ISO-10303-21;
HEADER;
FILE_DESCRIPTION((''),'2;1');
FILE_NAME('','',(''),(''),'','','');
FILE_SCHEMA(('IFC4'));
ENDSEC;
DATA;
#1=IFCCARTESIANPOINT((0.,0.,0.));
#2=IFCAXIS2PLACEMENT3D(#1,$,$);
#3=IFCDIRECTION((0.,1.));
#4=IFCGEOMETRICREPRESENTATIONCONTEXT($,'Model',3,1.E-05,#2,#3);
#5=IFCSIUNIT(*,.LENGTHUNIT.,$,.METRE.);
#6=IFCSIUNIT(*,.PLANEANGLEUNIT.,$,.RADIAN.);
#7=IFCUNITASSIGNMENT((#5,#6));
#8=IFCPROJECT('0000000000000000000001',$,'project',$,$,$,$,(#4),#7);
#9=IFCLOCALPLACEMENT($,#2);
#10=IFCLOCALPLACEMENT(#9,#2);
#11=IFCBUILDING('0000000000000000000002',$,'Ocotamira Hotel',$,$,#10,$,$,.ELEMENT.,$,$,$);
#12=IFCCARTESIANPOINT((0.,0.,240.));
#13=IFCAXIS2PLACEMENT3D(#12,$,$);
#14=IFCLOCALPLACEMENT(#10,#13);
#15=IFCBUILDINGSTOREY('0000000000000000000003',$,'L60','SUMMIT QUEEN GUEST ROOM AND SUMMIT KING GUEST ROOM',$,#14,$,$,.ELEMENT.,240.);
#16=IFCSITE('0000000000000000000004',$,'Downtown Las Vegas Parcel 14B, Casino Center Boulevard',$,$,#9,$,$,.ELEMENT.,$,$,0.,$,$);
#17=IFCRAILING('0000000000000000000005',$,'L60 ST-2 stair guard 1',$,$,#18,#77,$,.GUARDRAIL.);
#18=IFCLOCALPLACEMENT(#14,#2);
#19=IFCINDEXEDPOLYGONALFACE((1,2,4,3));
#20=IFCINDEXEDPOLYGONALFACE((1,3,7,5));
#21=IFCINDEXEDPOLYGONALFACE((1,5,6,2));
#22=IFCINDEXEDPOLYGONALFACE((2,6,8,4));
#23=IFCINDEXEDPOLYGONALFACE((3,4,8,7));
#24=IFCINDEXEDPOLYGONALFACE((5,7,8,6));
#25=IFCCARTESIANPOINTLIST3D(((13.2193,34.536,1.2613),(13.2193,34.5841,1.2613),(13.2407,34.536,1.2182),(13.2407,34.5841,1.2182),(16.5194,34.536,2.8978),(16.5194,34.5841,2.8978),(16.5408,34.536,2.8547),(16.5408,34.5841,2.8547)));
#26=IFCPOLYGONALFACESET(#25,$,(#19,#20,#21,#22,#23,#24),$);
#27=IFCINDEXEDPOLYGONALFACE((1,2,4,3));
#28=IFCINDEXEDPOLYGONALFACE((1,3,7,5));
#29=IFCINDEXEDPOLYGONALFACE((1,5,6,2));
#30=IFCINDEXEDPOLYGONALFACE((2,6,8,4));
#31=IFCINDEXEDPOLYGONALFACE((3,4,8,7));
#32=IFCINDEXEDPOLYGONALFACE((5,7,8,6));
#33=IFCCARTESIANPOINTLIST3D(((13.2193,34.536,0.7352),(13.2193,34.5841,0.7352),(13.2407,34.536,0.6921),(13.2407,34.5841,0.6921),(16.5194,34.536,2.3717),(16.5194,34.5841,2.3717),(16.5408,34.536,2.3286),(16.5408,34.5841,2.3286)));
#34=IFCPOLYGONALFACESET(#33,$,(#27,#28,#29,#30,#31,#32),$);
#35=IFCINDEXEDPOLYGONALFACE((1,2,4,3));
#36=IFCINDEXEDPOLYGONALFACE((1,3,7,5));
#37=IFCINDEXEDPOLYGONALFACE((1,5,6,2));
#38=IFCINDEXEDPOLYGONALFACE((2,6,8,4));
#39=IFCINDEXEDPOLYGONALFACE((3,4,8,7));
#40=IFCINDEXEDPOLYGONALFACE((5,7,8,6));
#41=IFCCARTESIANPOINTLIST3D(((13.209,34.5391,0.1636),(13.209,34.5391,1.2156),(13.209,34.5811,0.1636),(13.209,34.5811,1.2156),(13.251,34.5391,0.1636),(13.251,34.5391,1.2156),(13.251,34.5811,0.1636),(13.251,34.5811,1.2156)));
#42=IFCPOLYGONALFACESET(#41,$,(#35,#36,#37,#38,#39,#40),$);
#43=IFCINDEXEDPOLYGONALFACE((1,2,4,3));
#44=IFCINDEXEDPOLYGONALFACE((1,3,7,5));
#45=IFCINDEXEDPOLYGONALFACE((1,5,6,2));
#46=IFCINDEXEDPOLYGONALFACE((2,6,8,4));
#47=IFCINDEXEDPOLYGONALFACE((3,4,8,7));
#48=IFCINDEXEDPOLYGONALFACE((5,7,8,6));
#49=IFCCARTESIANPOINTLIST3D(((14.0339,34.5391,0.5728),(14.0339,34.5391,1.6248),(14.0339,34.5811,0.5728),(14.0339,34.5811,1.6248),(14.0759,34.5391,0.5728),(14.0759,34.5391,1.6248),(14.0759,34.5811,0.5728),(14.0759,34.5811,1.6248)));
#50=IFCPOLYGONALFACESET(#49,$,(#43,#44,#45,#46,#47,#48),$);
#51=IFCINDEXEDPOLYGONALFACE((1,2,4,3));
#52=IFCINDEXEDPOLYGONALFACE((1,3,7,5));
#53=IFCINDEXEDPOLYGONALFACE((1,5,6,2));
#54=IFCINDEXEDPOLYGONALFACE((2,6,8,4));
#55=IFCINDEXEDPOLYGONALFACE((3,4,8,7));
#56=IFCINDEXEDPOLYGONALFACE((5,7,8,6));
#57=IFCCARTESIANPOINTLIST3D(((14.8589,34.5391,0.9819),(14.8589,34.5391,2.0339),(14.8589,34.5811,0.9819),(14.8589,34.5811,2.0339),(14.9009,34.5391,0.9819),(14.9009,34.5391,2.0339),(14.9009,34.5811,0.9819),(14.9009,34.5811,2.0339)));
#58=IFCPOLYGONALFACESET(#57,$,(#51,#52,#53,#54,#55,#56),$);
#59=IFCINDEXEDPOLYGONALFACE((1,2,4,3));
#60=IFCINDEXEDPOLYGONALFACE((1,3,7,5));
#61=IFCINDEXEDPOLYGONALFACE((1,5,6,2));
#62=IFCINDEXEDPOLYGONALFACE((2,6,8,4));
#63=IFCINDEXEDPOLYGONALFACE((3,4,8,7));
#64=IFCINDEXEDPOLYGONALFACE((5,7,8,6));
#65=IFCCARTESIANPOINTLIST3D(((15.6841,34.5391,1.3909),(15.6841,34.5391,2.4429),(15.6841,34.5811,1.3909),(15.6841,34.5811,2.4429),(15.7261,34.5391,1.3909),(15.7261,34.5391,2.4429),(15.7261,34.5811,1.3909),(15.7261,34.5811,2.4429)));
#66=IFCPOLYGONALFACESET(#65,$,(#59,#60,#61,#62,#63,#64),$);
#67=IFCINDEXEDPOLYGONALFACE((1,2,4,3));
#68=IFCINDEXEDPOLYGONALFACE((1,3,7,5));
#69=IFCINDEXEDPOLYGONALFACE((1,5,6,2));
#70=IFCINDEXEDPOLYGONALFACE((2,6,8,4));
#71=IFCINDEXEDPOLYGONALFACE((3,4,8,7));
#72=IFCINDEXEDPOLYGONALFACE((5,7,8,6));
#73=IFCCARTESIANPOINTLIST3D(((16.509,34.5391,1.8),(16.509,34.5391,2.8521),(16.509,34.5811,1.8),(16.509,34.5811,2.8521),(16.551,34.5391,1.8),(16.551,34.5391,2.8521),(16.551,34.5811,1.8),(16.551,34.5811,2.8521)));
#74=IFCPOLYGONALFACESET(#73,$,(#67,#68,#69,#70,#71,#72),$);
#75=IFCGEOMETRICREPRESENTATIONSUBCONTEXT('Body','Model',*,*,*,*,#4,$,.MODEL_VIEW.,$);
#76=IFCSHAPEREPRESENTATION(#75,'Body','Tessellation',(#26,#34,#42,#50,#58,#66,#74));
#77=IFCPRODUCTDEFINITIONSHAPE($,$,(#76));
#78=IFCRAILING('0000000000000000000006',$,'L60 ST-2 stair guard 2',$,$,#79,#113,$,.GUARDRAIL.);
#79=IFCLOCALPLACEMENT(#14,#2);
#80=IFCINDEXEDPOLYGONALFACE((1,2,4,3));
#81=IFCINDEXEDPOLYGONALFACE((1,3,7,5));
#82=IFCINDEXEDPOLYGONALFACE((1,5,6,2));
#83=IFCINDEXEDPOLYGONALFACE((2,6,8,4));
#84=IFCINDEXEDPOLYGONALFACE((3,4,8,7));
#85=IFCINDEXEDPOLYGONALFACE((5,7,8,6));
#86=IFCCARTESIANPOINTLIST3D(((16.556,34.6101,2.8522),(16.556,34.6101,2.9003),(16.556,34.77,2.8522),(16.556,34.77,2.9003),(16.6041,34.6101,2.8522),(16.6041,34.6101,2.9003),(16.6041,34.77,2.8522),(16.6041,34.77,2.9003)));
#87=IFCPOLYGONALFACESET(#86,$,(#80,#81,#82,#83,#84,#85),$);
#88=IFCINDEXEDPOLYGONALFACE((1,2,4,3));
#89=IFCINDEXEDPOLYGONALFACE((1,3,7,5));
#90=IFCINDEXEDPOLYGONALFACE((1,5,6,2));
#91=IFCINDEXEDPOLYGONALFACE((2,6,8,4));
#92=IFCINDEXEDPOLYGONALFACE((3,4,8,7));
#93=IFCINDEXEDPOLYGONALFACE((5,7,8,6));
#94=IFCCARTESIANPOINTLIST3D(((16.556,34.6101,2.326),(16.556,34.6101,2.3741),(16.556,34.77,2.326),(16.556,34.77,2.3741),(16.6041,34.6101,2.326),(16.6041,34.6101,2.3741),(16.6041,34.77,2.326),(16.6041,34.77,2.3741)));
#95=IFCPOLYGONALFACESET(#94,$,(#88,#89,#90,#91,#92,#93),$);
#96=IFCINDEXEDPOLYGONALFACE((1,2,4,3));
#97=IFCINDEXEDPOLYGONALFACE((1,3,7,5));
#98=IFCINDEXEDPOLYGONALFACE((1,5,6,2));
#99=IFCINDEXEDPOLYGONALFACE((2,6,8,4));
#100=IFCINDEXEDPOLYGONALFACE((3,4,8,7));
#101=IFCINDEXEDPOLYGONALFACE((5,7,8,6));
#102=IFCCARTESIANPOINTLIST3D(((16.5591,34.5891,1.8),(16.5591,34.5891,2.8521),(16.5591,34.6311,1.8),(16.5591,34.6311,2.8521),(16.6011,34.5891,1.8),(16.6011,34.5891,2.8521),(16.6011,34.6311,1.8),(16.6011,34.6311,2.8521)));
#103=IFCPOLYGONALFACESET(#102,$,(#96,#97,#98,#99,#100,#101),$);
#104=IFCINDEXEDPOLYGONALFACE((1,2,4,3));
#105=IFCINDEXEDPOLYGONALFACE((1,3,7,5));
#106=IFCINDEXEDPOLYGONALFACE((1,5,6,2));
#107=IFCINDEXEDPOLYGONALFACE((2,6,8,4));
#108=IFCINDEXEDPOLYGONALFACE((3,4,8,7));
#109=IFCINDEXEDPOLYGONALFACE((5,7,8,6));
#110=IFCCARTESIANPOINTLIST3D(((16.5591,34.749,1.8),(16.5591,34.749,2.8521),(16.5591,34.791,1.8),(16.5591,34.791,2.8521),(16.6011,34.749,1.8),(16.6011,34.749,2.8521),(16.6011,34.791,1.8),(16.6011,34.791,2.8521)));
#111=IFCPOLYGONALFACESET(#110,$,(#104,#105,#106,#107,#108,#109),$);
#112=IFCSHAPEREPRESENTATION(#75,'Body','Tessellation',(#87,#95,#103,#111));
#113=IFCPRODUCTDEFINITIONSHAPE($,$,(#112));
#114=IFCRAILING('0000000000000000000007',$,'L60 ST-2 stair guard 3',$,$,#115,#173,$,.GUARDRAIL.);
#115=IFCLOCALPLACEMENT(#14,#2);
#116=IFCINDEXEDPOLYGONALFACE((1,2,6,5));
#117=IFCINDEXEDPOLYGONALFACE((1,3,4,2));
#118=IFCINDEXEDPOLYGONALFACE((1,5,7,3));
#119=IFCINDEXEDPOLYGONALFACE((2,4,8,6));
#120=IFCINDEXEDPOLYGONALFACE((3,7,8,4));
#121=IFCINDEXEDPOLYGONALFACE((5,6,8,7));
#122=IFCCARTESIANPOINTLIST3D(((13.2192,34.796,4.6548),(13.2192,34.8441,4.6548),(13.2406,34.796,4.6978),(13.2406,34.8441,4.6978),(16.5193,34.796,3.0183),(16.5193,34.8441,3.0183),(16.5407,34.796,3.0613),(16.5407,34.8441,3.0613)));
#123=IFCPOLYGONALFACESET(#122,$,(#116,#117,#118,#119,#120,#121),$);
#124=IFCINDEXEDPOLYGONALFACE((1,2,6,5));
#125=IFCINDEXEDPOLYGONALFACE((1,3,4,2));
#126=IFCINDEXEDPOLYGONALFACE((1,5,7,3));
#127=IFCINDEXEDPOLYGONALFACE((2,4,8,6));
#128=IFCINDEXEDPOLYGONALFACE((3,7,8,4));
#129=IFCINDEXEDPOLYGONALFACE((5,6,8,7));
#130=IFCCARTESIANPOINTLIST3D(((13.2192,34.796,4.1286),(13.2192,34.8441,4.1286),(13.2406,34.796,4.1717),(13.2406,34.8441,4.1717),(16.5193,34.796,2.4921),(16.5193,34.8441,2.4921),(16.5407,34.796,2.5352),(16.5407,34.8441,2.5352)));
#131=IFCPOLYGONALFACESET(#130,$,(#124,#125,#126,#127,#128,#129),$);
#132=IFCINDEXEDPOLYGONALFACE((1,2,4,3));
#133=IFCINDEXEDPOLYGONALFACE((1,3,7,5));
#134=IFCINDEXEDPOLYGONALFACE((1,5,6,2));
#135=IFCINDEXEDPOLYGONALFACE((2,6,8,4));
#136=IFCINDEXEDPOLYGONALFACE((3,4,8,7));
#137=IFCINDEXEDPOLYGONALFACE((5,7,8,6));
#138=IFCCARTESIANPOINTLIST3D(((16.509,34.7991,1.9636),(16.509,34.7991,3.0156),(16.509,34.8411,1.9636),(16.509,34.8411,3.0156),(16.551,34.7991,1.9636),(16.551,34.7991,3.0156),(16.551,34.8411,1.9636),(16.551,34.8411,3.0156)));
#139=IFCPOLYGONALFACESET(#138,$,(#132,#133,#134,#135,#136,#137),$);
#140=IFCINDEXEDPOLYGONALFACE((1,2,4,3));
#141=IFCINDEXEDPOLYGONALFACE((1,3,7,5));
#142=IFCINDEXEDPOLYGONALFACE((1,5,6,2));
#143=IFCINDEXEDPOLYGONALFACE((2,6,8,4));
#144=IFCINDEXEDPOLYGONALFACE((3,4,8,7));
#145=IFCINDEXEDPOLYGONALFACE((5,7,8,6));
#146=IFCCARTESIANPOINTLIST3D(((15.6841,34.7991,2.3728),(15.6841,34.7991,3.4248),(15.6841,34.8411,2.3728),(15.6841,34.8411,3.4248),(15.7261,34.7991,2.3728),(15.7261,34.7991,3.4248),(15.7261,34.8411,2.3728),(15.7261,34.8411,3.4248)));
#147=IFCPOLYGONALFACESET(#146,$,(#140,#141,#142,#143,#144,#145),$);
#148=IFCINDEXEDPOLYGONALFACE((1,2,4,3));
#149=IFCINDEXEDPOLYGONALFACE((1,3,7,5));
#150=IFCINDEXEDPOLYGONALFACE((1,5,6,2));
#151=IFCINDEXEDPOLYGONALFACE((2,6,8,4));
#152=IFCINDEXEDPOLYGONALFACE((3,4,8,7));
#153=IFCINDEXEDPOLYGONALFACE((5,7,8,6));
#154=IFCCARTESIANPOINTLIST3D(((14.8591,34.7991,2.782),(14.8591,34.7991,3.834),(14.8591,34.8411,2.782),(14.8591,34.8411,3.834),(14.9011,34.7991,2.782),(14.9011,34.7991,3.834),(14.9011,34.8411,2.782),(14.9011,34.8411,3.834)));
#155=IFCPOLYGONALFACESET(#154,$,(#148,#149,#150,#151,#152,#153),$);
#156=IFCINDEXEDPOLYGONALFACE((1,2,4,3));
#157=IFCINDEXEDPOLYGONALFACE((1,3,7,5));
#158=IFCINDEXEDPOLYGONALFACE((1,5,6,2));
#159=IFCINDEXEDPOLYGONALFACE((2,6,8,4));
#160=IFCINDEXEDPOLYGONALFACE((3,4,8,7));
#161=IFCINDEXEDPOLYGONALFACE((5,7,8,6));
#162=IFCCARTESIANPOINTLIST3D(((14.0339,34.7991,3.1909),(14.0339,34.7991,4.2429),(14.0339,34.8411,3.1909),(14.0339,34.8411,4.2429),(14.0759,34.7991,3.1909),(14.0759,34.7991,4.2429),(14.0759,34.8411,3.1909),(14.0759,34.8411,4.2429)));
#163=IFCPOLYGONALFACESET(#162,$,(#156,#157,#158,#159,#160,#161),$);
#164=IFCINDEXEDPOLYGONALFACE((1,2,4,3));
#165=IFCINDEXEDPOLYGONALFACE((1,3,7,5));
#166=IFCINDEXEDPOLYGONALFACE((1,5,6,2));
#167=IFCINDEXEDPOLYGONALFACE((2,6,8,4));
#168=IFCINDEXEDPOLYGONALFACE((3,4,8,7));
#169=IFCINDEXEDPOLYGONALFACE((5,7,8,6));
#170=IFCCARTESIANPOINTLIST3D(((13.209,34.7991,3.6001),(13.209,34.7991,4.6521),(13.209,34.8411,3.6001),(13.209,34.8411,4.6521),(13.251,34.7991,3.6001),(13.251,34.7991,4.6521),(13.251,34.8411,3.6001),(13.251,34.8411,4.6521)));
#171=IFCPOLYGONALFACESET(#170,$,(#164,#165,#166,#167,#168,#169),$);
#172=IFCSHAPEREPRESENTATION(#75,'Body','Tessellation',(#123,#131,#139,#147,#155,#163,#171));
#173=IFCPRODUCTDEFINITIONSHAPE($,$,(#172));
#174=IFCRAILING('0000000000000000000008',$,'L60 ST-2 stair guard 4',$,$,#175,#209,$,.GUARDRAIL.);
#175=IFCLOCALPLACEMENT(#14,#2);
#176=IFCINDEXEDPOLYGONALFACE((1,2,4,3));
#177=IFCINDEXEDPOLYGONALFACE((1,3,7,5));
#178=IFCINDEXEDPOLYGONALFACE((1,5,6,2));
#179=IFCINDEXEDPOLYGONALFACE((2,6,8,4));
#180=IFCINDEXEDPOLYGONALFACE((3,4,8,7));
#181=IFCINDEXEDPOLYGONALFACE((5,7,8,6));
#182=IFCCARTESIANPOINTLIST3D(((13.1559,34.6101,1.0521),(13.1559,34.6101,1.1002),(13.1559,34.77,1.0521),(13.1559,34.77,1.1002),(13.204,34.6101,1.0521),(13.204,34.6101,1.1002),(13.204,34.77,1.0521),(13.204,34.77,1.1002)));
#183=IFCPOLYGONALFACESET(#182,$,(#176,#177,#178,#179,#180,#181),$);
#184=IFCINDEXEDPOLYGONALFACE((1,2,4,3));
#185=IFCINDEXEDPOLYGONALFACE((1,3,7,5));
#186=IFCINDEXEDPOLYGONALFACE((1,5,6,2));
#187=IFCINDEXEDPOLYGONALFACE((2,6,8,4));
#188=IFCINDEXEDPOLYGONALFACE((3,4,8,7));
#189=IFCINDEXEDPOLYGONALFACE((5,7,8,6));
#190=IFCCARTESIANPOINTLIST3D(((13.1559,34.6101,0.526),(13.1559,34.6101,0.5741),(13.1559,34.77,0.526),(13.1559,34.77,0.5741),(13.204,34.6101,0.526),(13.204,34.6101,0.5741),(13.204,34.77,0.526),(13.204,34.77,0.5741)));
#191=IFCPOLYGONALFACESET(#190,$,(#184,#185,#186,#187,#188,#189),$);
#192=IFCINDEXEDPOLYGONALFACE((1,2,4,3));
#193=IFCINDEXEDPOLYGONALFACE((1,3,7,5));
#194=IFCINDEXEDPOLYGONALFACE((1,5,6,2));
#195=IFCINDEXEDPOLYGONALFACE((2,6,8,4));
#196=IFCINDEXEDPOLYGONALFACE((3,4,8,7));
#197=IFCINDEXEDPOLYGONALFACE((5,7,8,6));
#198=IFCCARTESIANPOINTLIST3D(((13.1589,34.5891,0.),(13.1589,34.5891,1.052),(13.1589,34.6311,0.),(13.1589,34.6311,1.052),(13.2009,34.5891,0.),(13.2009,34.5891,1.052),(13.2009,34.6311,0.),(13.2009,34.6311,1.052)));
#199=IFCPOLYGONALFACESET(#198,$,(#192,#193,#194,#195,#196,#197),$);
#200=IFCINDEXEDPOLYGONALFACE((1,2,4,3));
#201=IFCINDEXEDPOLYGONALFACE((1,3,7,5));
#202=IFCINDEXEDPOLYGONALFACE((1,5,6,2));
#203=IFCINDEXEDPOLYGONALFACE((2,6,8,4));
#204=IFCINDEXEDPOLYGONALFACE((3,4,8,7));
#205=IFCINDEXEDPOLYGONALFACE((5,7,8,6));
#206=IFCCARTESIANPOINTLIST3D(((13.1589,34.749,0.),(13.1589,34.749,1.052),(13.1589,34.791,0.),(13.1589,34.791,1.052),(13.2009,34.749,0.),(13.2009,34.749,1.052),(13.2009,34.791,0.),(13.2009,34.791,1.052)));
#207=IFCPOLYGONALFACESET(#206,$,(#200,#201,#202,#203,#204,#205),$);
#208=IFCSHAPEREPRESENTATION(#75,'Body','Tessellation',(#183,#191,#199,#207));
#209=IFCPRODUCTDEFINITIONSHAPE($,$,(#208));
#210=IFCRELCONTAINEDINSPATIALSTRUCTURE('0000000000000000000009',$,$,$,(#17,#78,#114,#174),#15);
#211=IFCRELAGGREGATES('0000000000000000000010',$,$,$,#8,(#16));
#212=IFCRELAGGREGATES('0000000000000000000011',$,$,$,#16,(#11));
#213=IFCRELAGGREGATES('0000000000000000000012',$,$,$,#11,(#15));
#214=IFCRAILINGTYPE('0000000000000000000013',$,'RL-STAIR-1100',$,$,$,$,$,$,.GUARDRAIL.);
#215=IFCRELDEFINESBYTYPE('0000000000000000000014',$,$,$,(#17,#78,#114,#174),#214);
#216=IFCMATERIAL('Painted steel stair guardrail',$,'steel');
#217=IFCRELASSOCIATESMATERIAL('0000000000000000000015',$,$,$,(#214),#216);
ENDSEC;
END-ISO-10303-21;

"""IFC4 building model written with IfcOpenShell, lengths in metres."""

from ifc_helpers import new_model, si_unit, direction, frame, origin, origin_2d, place, context, subcontext, project, spatial, rectangle, extrude, material, type_object, element, save


model = new_model("IFC4")

# Units and contexts
model_context = context("Model", 3, precision=1e-05, world=origin(), true_north=direction((0.0, 1.0)))
body_context = subcontext(model_context, "Body", "Model", "MODEL_VIEW")
ifc_project = project(units=[si_unit("LENGTHUNIT", "METRE"), si_unit("PLANEANGLEUNIT", "RADIAN")], contexts=[model_context])

# Site, building, storey
site_placement = place(None, origin())
site = spatial("IfcSite", under=ifc_project, at=site_placement, Name="Downtown Las Vegas Parcel 14B, Casino Center Boulevard", CompositionType="ELEMENT", RefElevation=0.0)
building_placement = place(site_placement, origin())
building = spatial("IfcBuilding", under=site, at=building_placement, Name="Ocotamira Hotel", CompositionType="ELEMENT")
storey_placement = place(building_placement, frame((0.0, 0.0, 240.0)))
storey = spatial("IfcBuildingStorey", under=building, at=storey_placement, Name="L60", Description="SUMMIT QUEEN GUEST ROOM AND SUMMIT KING GUEST ROOM", CompositionType="ELEMENT", Elevation=240.0)

# Railings
ifc_material_1 = material(Name="Painted steel stair guardrail", Category="steel")
railing_type_1 = type_object("IfcRailingType", Name="RL-STAIR-1100", PredefinedType="GUARDRAIL", material=ifc_material_1)
railing_1_placement = place(storey_placement, frame((13.23, 34.5601, 0.1636)))
element("IfcRailing", 1, at=railing_1_placement, inside=storey, type_object=railing_type_1, Name="L60 ST-2 stair guard 1", PredefinedType="GUARDRAIL", context=body_context, shape_type="SweptSolid", body=[
    extrude(rectangle(XDim=0.0481, YDim=0.0481, at=origin_2d()), frame((0.0, 0.0, 1.0762), z_axis=(0.895894, 0.0, 0.444268), x_axis=(0.0, 1.0, 0.0)), (0.0, 0.0, 1.0), 3.6836),
    extrude(rectangle(XDim=0.0481, YDim=0.0481, at=origin_2d()), frame((0.0, 0.0, 0.55), z_axis=(0.895894, 0.0, 0.444268), x_axis=(0.0, 1.0, 0.0)), (0.0, 0.0, 1.0), 3.6836),
    extrude(rectangle(XDim=0.042, YDim=0.042, at=origin_2d()), origin(), (0.0, 0.0, 1.0), 1.052),
    extrude(rectangle(XDim=0.042, YDim=0.042, at=origin_2d()), frame((0.825, 0.0, 0.4092)), (0.0, 0.0, 1.0), 1.052),
    extrude(rectangle(XDim=0.042, YDim=0.042, at=origin_2d()), frame((1.6499, 0.0, 0.8184)), (0.0, 0.0, 1.0), 1.052),
    extrude(rectangle(XDim=0.042, YDim=0.042, at=origin_2d()), frame((2.4751, 0.0, 1.2273)), (0.0, 0.0, 1.0), 1.052),
    extrude(rectangle(XDim=0.042, YDim=0.042, at=origin_2d()), frame((3.3, 0.0, 1.6365)), (0.0, 0.0, 1.0), 1.052),
])
railing_2_placement = place(storey_placement, frame((16.5801, 34.6101, 1.8)))
element("IfcRailing", 2, at=railing_2_placement, inside=storey, type_object=railing_type_1, Name="L60 ST-2 stair guard 2", PredefinedType="GUARDRAIL", context=body_context, shape_type="SweptSolid", body=[
    extrude(rectangle(XDim=0.0481, YDim=0.0481, at=origin_2d()), frame((0.0, 0.0, 1.0762), z_axis=(0.0, 1.0, 0.0), x_axis=(-1.0, 0.0, 0.0)), (0.0, 0.0, 1.0), 0.1599),
    extrude(rectangle(XDim=0.0481, YDim=0.0481, at=origin_2d()), frame((0.0, 0.0, 0.55), z_axis=(0.0, 1.0, 0.0), x_axis=(-1.0, 0.0, 0.0)), (0.0, 0.0, 1.0), 0.1599),
    extrude(rectangle(XDim=0.042, YDim=0.042, at=origin_2d()), origin(), (0.0, 0.0, 1.0), 1.052),
    extrude(rectangle(XDim=0.042, YDim=0.042, at=origin_2d()), frame((0.0, 0.1599, 0.0)), (0.0, 0.0, 1.0), 1.052),
])
railing_3_placement = place(storey_placement, frame((16.53, 34.8201, 1.9636)))
element("IfcRailing", 3, at=railing_3_placement, inside=storey, type_object=railing_type_1, Name="L60 ST-2 stair guard 3", PredefinedType="GUARDRAIL", context=body_context, shape_type="SweptSolid", body=[
    extrude(rectangle(XDim=0.0481, YDim=0.0481, at=origin_2d()), frame((0.0, 0.0, 1.0762), z_axis=(-0.895894, 0.0, 0.444268), x_axis=(0.0, -1.0, 0.0)), (0.0, 0.0, 1.0), 3.6836),
    extrude(rectangle(XDim=0.0481, YDim=0.0481, at=origin_2d()), frame((0.0, 0.0, 0.55), z_axis=(-0.895894, 0.0, 0.444268), x_axis=(0.0, -1.0, 0.0)), (0.0, 0.0, 1.0), 3.6836),
    extrude(rectangle(XDim=0.042, YDim=0.042, at=origin_2d()), origin(), (0.0, 0.0, 1.0), 1.052),
    extrude(rectangle(XDim=0.042, YDim=0.042, at=origin_2d()), frame((-0.825, 0.0, 0.4092)), (0.0, 0.0, 1.0), 1.052),
    extrude(rectangle(XDim=0.042, YDim=0.042, at=origin_2d()), frame((-1.6499, 0.0, 0.8184)), (0.0, 0.0, 1.0), 1.052),
    extrude(rectangle(XDim=0.042, YDim=0.042, at=origin_2d()), frame((-2.4751, 0.0, 1.2273)), (0.0, 0.0, 1.0), 1.052),
    extrude(rectangle(XDim=0.042, YDim=0.042, at=origin_2d()), frame((-3.3, 0.0, 1.6365)), (0.0, 0.0, 1.0), 1.052),
])
railing_4_placement = place(storey_placement, frame((13.1799, 34.6101, 0.0)))
element("IfcRailing", 4, at=railing_4_placement, inside=storey, type_object=railing_type_1, Name="L60 ST-2 stair guard 4", PredefinedType="GUARDRAIL", context=body_context, shape_type="SweptSolid", body=[
    extrude(rectangle(XDim=0.0481, YDim=0.0481, at=origin_2d()), frame((0.0, 0.0, 1.0762), z_axis=(0.0, 1.0, 0.0), x_axis=(-1.0, 0.0, 0.0)), (0.0, 0.0, 1.0), 0.1599),
    extrude(rectangle(XDim=0.0481, YDim=0.0481, at=origin_2d()), frame((0.0, 0.0, 0.55), z_axis=(0.0, 1.0, 0.0), x_axis=(-1.0, 0.0, 0.0)), (0.0, 0.0, 1.0), 0.1599),
    extrude(rectangle(XDim=0.042, YDim=0.042, at=origin_2d()), origin(), (0.0, 0.0, 1.0), 1.052),
    extrude(rectangle(XDim=0.042, YDim=0.042, at=origin_2d()), frame((0.0, 0.1599, 0.0)), (0.0, 0.0, 1.0), 1.052),
])

save(model, "model.ifc")
